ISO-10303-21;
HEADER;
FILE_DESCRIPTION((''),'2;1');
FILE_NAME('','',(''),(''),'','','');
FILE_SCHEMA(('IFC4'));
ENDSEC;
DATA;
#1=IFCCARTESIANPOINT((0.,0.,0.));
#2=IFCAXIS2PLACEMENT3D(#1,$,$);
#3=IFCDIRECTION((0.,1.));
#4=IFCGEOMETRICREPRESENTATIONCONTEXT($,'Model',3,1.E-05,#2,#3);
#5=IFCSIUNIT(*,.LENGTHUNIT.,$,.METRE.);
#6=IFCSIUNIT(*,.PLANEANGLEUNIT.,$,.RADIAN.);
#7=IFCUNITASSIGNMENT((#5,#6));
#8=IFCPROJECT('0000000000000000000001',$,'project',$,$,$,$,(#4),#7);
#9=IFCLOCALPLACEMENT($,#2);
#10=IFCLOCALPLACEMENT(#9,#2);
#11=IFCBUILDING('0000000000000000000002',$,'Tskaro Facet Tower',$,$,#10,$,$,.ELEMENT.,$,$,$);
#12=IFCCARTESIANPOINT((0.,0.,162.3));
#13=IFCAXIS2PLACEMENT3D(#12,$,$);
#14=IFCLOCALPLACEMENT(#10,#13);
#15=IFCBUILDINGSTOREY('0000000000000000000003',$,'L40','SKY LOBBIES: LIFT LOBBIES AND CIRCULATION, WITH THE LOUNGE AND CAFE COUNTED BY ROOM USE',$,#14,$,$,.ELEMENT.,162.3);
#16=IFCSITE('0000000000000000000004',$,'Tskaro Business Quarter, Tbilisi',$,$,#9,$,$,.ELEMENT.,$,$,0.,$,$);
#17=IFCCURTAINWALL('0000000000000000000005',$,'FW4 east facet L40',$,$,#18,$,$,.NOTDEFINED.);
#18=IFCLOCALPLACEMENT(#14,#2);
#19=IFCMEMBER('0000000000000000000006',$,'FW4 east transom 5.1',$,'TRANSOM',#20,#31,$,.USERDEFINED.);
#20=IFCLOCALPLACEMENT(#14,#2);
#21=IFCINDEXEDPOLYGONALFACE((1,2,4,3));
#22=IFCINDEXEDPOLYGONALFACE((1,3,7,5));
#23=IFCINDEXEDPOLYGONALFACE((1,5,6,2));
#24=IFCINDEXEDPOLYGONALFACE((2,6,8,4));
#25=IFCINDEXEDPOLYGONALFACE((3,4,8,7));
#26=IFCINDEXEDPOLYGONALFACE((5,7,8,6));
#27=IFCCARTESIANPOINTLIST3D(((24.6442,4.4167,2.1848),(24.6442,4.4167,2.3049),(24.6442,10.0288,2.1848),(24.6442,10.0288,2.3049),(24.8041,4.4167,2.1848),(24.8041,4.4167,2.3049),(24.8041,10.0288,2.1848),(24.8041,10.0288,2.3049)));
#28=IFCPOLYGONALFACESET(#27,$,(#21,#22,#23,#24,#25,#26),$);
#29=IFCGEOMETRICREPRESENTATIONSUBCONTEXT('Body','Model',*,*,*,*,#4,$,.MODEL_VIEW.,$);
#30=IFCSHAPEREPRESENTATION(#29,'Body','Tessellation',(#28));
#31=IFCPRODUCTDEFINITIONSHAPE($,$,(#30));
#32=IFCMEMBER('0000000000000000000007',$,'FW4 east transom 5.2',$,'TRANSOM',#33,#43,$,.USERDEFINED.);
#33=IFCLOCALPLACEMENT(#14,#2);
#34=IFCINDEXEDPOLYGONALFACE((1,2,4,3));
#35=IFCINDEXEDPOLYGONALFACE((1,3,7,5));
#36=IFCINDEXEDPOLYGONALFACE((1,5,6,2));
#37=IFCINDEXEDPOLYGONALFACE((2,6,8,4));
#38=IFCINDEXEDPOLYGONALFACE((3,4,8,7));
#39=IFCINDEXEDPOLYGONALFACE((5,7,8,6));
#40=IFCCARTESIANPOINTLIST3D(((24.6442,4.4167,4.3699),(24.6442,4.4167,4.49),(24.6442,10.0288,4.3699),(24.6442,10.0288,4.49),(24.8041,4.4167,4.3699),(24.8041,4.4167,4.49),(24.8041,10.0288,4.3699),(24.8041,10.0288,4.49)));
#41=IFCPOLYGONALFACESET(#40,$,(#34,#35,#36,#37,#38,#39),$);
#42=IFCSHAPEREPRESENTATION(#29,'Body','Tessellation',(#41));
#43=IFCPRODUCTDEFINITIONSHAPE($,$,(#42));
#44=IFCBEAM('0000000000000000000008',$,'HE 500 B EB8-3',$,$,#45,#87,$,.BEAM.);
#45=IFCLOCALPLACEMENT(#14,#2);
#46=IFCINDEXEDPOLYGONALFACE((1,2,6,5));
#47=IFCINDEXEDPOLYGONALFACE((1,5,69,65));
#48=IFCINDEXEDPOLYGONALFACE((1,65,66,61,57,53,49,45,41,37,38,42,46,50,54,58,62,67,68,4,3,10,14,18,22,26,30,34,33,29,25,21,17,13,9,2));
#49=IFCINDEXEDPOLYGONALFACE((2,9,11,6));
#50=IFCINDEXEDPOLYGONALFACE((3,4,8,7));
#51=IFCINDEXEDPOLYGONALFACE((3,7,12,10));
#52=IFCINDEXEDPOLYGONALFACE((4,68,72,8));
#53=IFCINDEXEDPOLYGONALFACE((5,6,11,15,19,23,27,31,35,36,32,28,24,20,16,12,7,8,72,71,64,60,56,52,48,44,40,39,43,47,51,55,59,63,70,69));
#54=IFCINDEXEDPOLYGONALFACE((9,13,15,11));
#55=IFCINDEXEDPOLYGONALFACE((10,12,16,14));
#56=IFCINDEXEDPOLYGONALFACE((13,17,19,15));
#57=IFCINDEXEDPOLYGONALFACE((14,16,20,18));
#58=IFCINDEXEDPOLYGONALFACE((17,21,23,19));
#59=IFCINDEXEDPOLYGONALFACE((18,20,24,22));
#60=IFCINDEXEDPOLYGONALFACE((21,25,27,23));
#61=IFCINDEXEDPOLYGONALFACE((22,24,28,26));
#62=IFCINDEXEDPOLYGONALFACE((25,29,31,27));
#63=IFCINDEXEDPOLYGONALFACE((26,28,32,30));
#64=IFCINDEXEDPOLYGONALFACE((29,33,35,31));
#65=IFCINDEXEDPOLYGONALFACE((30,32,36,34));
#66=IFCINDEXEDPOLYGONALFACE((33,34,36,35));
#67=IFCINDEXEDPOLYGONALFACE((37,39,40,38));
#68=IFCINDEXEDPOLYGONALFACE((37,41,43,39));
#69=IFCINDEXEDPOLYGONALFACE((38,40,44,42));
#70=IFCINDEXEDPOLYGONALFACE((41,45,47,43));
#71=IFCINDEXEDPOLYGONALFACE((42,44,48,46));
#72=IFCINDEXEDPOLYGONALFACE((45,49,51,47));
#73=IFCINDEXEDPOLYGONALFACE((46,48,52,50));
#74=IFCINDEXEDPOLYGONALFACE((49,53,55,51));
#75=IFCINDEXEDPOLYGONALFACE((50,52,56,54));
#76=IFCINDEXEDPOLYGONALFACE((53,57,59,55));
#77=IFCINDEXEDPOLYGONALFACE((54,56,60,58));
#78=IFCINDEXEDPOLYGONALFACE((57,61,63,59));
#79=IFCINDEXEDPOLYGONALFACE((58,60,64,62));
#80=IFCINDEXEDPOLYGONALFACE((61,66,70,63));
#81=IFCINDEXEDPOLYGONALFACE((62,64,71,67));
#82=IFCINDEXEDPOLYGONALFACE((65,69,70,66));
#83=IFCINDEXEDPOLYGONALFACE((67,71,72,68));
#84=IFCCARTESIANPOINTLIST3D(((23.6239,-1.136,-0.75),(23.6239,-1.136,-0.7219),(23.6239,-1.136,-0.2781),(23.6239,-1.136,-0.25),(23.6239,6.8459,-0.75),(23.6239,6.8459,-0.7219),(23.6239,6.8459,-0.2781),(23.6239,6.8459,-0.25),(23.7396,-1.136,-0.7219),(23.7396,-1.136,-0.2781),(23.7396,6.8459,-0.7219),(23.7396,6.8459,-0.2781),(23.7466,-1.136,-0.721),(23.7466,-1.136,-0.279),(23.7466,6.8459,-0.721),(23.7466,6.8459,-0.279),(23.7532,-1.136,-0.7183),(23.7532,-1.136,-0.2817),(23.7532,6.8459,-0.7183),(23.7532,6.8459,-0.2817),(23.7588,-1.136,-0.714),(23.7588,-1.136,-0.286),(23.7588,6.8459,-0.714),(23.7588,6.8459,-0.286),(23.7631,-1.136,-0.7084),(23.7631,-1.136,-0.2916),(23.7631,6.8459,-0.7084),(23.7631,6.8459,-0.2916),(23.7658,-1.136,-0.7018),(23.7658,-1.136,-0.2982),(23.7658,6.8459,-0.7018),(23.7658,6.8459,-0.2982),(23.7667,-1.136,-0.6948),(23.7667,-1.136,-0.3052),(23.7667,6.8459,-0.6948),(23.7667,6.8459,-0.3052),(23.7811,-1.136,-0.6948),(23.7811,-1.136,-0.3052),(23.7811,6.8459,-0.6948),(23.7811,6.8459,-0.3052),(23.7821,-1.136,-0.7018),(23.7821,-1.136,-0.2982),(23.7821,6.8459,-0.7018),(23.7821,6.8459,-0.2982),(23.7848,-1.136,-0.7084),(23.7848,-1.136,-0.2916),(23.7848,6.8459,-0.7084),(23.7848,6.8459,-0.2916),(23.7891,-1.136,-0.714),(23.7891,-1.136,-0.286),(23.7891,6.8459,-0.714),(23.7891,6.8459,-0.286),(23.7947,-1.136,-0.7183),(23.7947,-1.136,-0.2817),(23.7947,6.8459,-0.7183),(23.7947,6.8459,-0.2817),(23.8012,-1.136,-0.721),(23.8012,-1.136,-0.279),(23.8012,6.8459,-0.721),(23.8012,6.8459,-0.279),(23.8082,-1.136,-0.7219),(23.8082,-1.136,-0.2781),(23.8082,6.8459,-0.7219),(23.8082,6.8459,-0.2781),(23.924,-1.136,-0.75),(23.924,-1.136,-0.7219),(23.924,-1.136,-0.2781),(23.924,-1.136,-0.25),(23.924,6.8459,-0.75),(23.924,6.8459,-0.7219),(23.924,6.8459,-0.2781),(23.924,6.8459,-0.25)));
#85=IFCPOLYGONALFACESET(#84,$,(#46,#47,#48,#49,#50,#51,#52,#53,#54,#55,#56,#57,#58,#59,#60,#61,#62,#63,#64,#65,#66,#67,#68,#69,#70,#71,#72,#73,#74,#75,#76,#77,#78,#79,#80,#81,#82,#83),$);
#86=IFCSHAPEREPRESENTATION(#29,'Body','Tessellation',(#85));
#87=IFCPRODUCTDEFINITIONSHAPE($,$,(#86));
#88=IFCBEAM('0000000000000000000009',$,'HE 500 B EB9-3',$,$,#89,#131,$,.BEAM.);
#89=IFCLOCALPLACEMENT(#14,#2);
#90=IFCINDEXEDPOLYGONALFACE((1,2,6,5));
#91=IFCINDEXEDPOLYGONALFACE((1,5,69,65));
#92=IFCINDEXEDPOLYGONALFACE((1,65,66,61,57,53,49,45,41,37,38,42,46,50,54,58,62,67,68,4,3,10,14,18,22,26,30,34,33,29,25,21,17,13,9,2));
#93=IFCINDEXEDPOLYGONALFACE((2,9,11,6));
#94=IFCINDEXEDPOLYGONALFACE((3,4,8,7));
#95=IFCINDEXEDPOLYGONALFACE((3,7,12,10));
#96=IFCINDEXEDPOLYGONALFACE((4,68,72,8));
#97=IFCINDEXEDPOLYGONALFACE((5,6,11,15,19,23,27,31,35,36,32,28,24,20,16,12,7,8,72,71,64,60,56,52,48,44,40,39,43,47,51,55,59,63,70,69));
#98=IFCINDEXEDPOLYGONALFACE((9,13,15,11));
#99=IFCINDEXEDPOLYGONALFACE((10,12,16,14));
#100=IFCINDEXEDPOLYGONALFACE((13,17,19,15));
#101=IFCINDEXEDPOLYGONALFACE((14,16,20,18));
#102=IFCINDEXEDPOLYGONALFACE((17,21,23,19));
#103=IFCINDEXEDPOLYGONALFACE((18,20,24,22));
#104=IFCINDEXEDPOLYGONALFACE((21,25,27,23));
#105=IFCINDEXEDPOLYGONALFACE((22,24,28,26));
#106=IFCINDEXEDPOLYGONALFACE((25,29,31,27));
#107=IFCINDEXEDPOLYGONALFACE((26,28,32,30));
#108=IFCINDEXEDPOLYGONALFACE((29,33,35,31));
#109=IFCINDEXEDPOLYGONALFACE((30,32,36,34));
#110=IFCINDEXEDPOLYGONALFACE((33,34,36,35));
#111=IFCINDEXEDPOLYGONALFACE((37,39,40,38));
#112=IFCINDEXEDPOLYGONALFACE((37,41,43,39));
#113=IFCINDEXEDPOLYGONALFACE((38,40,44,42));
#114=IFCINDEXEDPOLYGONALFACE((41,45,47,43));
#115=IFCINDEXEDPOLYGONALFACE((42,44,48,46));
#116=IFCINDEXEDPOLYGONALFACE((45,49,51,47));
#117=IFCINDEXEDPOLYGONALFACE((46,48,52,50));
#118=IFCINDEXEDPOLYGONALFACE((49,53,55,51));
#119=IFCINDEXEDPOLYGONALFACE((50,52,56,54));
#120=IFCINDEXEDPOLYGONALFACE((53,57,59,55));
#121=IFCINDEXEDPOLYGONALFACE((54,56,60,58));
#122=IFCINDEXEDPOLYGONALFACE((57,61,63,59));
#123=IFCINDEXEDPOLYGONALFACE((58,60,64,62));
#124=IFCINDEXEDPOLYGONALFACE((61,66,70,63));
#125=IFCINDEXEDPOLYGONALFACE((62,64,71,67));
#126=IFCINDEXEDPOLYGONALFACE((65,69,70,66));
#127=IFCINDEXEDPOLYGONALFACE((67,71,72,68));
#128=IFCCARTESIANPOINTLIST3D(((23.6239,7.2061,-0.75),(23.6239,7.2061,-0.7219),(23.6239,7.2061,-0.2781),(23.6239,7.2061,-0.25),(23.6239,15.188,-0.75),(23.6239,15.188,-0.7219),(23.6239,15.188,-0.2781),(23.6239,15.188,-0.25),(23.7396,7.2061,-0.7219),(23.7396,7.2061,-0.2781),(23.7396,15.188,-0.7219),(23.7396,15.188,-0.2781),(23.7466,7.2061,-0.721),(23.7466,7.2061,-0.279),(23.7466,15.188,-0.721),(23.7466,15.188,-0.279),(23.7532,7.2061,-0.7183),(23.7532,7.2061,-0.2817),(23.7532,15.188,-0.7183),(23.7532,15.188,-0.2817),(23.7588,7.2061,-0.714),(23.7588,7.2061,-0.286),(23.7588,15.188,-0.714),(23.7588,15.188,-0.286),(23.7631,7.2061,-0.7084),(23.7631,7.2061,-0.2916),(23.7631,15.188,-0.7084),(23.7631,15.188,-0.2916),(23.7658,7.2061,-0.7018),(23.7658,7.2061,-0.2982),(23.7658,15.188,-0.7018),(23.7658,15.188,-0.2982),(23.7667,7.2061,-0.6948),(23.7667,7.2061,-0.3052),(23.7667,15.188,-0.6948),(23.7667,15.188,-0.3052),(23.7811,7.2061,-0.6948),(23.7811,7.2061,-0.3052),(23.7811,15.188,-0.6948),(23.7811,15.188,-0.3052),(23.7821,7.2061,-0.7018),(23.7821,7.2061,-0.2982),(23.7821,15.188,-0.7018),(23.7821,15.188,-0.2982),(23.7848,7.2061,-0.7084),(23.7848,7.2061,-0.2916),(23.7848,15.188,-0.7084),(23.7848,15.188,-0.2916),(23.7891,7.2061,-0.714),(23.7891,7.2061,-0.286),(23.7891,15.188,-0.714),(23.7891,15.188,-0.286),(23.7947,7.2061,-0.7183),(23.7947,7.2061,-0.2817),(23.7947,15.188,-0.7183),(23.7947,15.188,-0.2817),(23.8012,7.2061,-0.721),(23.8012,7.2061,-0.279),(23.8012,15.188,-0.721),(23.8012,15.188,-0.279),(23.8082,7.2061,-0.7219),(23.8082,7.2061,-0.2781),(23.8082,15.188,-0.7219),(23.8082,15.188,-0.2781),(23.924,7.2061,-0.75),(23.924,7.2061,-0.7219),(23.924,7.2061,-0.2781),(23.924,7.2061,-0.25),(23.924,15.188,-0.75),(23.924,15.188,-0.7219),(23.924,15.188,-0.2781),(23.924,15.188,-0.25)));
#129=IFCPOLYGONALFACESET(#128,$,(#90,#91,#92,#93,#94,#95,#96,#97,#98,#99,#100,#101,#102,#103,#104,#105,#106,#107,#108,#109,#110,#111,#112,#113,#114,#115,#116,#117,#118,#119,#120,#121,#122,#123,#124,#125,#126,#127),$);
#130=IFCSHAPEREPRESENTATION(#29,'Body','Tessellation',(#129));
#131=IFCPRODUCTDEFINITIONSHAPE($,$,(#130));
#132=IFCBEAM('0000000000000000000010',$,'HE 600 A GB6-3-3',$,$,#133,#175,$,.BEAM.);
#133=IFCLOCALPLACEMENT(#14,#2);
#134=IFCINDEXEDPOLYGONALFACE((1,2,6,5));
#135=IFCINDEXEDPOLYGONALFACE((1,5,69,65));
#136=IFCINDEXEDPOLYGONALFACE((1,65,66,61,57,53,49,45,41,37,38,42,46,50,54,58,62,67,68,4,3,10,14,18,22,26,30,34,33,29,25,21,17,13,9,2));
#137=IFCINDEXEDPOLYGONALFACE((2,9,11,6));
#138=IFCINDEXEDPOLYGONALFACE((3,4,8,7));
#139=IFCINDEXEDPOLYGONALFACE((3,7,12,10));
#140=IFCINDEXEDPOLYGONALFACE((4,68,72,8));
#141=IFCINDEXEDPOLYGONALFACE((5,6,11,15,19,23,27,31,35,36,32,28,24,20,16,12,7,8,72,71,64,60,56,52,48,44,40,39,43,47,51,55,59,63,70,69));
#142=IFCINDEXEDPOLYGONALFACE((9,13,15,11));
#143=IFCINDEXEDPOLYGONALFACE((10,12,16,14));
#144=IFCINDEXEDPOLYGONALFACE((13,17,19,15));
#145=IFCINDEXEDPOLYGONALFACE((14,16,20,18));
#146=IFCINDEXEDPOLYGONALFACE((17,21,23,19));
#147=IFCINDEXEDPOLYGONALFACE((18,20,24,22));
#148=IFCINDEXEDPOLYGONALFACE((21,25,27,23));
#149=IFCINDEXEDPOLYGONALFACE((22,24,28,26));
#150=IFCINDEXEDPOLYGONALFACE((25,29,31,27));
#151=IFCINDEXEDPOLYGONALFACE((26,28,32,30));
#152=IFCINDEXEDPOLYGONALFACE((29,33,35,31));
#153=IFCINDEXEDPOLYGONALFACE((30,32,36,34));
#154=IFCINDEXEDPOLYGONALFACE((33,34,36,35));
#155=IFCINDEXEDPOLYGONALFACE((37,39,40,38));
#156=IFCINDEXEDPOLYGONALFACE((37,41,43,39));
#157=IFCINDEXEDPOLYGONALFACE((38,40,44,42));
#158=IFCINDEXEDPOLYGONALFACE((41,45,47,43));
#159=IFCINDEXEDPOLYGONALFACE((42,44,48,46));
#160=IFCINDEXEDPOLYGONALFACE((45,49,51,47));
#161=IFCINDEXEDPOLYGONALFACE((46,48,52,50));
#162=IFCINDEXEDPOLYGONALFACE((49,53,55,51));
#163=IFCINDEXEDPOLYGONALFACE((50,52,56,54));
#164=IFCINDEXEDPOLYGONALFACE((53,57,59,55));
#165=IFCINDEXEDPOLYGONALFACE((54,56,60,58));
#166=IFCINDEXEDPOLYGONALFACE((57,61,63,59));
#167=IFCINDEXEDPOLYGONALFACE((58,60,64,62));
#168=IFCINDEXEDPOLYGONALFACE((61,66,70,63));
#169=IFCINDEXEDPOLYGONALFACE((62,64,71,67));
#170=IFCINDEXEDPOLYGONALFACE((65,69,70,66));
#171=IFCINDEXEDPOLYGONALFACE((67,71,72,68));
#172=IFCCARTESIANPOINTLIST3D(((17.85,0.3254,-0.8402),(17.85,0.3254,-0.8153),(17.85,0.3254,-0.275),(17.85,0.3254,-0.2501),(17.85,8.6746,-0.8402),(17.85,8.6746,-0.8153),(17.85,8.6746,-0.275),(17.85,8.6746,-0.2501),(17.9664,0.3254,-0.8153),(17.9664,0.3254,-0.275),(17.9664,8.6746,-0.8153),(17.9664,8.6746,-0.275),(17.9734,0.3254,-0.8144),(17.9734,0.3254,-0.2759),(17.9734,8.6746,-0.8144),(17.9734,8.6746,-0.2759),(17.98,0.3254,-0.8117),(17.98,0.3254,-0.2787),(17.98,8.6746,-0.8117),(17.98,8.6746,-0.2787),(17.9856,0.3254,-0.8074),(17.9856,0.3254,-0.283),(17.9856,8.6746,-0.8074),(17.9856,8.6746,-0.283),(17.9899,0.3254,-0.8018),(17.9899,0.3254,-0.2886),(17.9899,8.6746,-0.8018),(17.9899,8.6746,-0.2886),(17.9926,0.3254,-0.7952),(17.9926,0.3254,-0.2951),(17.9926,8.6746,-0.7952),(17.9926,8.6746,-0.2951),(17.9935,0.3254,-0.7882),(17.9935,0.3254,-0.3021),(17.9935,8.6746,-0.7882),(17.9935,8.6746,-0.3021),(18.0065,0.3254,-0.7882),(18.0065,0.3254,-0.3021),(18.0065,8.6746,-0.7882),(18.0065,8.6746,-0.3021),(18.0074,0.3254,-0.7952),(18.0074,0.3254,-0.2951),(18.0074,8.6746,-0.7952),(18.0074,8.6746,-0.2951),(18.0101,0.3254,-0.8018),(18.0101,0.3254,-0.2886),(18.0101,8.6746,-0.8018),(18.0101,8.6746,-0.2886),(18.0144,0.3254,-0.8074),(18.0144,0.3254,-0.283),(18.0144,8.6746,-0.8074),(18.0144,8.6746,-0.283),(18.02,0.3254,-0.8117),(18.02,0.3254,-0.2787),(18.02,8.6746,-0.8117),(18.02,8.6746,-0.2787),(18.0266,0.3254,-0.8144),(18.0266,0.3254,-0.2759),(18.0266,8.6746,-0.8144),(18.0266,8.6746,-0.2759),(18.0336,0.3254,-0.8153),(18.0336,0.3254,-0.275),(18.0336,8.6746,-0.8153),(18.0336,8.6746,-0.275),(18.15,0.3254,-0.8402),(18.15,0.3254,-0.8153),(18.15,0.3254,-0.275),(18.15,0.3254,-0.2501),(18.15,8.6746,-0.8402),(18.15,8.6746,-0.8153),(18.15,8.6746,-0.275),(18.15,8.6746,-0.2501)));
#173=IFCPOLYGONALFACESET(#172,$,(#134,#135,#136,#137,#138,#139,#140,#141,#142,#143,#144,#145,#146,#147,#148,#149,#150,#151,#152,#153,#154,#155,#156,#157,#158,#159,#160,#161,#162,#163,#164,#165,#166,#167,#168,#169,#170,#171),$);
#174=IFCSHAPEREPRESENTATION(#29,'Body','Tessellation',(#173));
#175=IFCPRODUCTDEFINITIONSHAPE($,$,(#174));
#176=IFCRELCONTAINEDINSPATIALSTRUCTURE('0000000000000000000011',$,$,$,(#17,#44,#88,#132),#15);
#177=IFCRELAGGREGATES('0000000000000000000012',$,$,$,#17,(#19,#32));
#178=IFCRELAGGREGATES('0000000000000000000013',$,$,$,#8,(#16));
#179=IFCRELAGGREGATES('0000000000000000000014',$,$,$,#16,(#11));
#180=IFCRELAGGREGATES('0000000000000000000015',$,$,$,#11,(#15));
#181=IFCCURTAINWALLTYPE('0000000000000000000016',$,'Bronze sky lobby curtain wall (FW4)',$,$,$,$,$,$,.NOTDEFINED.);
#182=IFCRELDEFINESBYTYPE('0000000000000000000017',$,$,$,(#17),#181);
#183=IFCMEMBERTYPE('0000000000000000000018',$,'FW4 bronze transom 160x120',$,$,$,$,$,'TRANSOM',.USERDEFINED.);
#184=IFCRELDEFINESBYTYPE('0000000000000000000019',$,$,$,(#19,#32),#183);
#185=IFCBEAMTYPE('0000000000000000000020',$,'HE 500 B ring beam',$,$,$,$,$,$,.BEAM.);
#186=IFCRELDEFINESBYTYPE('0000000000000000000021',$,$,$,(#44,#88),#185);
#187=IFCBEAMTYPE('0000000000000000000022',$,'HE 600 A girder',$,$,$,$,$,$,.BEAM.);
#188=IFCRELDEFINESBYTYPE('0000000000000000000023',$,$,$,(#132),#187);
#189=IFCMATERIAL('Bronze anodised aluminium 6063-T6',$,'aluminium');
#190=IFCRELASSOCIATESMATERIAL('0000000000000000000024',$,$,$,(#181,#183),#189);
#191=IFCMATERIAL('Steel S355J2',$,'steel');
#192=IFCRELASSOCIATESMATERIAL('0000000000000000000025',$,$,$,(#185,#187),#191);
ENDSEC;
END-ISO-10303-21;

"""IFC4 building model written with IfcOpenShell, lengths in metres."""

from ifc_helpers import new_model, si_unit, direction, frame, origin, origin_2d, place, context, subcontext, project, spatial, rectangle, i_section, extrude, material, material_profile, profile_set, type_object, element, aggregate, save


model = new_model("IFC4")

# Units and contexts
model_context = context("Model", 3, precision=1e-05, world=origin(), true_north=direction((0.0, 1.0)))
body_context = subcontext(model_context, "Body", "Model", "MODEL_VIEW")
ifc_project = project(units=[si_unit("LENGTHUNIT", "METRE"), si_unit("PLANEANGLEUNIT", "RADIAN")], contexts=[model_context])

# Site, building, storey
site_placement = place(None, origin())
site = spatial("IfcSite", under=ifc_project, at=site_placement, Name="Tskaro Business Quarter, Tbilisi", CompositionType="ELEMENT", RefElevation=0.0)
building_placement = place(site_placement, origin())
building = spatial("IfcBuilding", under=site, at=building_placement, Name="Tskaro Facet Tower", CompositionType="ELEMENT")
storey_placement = place(building_placement, frame((0.0, 0.0, 162.3)))
storey = spatial("IfcBuildingStorey", under=building, at=storey_placement, Name="L40", Description="SKY LOBBIES: LIFT LOBBIES AND CIRCULATION, WITH THE LOUNGE AND CAFE COUNTED BY ROOM USE", CompositionType="ELEMENT", Elevation=162.3)

# Curtain wall, members
ifc_material_1 = material(Name="Bronze anodised aluminium 6063-T6", Category="aluminium")
curtain_wall_type = type_object("IfcCurtainWallType", Name="Bronze sky lobby curtain wall (FW4)", PredefinedType="NOTDEFINED", material=ifc_material_1)
curtain_wall_placement = place(storey_placement, origin())
curtain_wall = element("IfcCurtainWall", 1, at=curtain_wall_placement, inside=storey, type_object=curtain_wall_type, Name="FW4 east facet L40", PredefinedType="NOTDEFINED")
ifc_material_profile_1 = material_profile(ifc_material_1, rectangle(XDim=0.1599, YDim=0.1201, at=origin_2d()), Name="Transom 160x120")
ifc_profile_set_1 = profile_set([ifc_material_profile_1], Name="Bronze anodised aluminium 6063-T6")
member_type_1 = type_object("IfcMemberType", Name="FW4 bronze transom 160x120", ElementType="TRANSOM", PredefinedType="USERDEFINED", material=ifc_profile_set_1)
member_1_placement = place(storey_placement, frame((24.7241, 4.4167, 2.2449), z_axis=(0.0, 1.0, 0.0), x_axis=(-1.0, 0.0, 0.0)))
member_1 = element("IfcMember", 2, at=member_1_placement, type_object=member_type_1, Name="FW4 east transom 5.1", ObjectType="TRANSOM", PredefinedType="USERDEFINED", context=body_context, shape_type="SweptSolid", body=[
    extrude(rectangle(XDim=0.1599, YDim=0.1201, at=origin_2d()), origin(), (0.0, 0.0, 1.0), 5.6121),
])
member_2_placement = place(storey_placement, frame((24.7241, 4.4167, 4.4299), z_axis=(0.0, 1.0, 0.0), x_axis=(-1.0, 0.0, 0.0)))
member_2 = element("IfcMember", 3, at=member_2_placement, type_object=member_type_1, Name="FW4 east transom 5.2", ObjectType="TRANSOM", PredefinedType="USERDEFINED", context=body_context, shape_type="SweptSolid", body=[
    extrude(rectangle(XDim=0.1599, YDim=0.1201, at=origin_2d()), origin(), (0.0, 0.0, 1.0), 5.6121),
])

# Beams
ifc_material_2 = material(Name="Steel S355J2", Category="steel")
ifc_material_profile_2 = material_profile(ifc_material_2, i_section(OverallWidth=0.3, OverallDepth=0.5, WebThickness=0.0144, FlangeThickness=0.0281, FilletRadius=0.0271, at=origin_2d()), Name="HE 500 B")
ifc_profile_set_2 = profile_set([ifc_material_profile_2], Name="Steel S355J2")
beam_type_1 = type_object("IfcBeamType", Name="HE 500 B ring beam", PredefinedType="BEAM", material=ifc_profile_set_2)
for number, where, z_axis, x_axis, name in (
    (4, (23.7739, -1.136, -0.5), (0.0, 1.0, 0.0), (-1.0, 0.0, 0.0), "HE 500 B EB8-3"),
    (5, (23.7739, 7.2061, -0.5), (0.0, 1.0, 0.0), (-1.0, 0.0, 0.0), "HE 500 B EB9-3"),
):
    element("IfcBeam", number, at=place(storey_placement, frame(where, z_axis=z_axis, x_axis=x_axis)), inside=storey, type_object=beam_type_1, Name=name, PredefinedType="BEAM", context=body_context, shape_type="SweptSolid", body=[
        extrude(i_section(OverallWidth=0.3, OverallDepth=0.5, WebThickness=0.0144, FlangeThickness=0.0281, FilletRadius=0.0271, at=origin_2d()), origin(), (0.0, 0.0, 1.0), 7.9819),
    ])
ifc_material_profile_3 = material_profile(ifc_material_2, i_section(OverallWidth=0.3, OverallDepth=0.5901, WebThickness=0.0129, FlangeThickness=0.0249, FilletRadius=0.0271, at=origin_2d()), Name="HE 600 A")
ifc_profile_set_3 = profile_set([ifc_material_profile_3], Name="Steel S355J2")
beam_type_2 = type_object("IfcBeamType", Name="HE 600 A girder", PredefinedType="BEAM", material=ifc_profile_set_3)
beam_1_placement = place(storey_placement, frame((18.0, 0.3254, -0.5452), z_axis=(0.0, 1.0, 0.0), x_axis=(-1.0, 0.0, 0.0)))
element("IfcBeam", 6, at=beam_1_placement, inside=storey, type_object=beam_type_2, Name="HE 600 A GB6-3-3", PredefinedType="BEAM", context=body_context, shape_type="SweptSolid", body=[
    extrude(i_section(OverallWidth=0.3, OverallDepth=0.5901, WebThickness=0.0129, FlangeThickness=0.0249, FilletRadius=0.0271, at=origin_2d()), origin(), (0.0, 0.0, 1.0), 8.3491),
])

aggregate(curtain_wall, [member_1, member_2])

save(model, "model.ifc")
